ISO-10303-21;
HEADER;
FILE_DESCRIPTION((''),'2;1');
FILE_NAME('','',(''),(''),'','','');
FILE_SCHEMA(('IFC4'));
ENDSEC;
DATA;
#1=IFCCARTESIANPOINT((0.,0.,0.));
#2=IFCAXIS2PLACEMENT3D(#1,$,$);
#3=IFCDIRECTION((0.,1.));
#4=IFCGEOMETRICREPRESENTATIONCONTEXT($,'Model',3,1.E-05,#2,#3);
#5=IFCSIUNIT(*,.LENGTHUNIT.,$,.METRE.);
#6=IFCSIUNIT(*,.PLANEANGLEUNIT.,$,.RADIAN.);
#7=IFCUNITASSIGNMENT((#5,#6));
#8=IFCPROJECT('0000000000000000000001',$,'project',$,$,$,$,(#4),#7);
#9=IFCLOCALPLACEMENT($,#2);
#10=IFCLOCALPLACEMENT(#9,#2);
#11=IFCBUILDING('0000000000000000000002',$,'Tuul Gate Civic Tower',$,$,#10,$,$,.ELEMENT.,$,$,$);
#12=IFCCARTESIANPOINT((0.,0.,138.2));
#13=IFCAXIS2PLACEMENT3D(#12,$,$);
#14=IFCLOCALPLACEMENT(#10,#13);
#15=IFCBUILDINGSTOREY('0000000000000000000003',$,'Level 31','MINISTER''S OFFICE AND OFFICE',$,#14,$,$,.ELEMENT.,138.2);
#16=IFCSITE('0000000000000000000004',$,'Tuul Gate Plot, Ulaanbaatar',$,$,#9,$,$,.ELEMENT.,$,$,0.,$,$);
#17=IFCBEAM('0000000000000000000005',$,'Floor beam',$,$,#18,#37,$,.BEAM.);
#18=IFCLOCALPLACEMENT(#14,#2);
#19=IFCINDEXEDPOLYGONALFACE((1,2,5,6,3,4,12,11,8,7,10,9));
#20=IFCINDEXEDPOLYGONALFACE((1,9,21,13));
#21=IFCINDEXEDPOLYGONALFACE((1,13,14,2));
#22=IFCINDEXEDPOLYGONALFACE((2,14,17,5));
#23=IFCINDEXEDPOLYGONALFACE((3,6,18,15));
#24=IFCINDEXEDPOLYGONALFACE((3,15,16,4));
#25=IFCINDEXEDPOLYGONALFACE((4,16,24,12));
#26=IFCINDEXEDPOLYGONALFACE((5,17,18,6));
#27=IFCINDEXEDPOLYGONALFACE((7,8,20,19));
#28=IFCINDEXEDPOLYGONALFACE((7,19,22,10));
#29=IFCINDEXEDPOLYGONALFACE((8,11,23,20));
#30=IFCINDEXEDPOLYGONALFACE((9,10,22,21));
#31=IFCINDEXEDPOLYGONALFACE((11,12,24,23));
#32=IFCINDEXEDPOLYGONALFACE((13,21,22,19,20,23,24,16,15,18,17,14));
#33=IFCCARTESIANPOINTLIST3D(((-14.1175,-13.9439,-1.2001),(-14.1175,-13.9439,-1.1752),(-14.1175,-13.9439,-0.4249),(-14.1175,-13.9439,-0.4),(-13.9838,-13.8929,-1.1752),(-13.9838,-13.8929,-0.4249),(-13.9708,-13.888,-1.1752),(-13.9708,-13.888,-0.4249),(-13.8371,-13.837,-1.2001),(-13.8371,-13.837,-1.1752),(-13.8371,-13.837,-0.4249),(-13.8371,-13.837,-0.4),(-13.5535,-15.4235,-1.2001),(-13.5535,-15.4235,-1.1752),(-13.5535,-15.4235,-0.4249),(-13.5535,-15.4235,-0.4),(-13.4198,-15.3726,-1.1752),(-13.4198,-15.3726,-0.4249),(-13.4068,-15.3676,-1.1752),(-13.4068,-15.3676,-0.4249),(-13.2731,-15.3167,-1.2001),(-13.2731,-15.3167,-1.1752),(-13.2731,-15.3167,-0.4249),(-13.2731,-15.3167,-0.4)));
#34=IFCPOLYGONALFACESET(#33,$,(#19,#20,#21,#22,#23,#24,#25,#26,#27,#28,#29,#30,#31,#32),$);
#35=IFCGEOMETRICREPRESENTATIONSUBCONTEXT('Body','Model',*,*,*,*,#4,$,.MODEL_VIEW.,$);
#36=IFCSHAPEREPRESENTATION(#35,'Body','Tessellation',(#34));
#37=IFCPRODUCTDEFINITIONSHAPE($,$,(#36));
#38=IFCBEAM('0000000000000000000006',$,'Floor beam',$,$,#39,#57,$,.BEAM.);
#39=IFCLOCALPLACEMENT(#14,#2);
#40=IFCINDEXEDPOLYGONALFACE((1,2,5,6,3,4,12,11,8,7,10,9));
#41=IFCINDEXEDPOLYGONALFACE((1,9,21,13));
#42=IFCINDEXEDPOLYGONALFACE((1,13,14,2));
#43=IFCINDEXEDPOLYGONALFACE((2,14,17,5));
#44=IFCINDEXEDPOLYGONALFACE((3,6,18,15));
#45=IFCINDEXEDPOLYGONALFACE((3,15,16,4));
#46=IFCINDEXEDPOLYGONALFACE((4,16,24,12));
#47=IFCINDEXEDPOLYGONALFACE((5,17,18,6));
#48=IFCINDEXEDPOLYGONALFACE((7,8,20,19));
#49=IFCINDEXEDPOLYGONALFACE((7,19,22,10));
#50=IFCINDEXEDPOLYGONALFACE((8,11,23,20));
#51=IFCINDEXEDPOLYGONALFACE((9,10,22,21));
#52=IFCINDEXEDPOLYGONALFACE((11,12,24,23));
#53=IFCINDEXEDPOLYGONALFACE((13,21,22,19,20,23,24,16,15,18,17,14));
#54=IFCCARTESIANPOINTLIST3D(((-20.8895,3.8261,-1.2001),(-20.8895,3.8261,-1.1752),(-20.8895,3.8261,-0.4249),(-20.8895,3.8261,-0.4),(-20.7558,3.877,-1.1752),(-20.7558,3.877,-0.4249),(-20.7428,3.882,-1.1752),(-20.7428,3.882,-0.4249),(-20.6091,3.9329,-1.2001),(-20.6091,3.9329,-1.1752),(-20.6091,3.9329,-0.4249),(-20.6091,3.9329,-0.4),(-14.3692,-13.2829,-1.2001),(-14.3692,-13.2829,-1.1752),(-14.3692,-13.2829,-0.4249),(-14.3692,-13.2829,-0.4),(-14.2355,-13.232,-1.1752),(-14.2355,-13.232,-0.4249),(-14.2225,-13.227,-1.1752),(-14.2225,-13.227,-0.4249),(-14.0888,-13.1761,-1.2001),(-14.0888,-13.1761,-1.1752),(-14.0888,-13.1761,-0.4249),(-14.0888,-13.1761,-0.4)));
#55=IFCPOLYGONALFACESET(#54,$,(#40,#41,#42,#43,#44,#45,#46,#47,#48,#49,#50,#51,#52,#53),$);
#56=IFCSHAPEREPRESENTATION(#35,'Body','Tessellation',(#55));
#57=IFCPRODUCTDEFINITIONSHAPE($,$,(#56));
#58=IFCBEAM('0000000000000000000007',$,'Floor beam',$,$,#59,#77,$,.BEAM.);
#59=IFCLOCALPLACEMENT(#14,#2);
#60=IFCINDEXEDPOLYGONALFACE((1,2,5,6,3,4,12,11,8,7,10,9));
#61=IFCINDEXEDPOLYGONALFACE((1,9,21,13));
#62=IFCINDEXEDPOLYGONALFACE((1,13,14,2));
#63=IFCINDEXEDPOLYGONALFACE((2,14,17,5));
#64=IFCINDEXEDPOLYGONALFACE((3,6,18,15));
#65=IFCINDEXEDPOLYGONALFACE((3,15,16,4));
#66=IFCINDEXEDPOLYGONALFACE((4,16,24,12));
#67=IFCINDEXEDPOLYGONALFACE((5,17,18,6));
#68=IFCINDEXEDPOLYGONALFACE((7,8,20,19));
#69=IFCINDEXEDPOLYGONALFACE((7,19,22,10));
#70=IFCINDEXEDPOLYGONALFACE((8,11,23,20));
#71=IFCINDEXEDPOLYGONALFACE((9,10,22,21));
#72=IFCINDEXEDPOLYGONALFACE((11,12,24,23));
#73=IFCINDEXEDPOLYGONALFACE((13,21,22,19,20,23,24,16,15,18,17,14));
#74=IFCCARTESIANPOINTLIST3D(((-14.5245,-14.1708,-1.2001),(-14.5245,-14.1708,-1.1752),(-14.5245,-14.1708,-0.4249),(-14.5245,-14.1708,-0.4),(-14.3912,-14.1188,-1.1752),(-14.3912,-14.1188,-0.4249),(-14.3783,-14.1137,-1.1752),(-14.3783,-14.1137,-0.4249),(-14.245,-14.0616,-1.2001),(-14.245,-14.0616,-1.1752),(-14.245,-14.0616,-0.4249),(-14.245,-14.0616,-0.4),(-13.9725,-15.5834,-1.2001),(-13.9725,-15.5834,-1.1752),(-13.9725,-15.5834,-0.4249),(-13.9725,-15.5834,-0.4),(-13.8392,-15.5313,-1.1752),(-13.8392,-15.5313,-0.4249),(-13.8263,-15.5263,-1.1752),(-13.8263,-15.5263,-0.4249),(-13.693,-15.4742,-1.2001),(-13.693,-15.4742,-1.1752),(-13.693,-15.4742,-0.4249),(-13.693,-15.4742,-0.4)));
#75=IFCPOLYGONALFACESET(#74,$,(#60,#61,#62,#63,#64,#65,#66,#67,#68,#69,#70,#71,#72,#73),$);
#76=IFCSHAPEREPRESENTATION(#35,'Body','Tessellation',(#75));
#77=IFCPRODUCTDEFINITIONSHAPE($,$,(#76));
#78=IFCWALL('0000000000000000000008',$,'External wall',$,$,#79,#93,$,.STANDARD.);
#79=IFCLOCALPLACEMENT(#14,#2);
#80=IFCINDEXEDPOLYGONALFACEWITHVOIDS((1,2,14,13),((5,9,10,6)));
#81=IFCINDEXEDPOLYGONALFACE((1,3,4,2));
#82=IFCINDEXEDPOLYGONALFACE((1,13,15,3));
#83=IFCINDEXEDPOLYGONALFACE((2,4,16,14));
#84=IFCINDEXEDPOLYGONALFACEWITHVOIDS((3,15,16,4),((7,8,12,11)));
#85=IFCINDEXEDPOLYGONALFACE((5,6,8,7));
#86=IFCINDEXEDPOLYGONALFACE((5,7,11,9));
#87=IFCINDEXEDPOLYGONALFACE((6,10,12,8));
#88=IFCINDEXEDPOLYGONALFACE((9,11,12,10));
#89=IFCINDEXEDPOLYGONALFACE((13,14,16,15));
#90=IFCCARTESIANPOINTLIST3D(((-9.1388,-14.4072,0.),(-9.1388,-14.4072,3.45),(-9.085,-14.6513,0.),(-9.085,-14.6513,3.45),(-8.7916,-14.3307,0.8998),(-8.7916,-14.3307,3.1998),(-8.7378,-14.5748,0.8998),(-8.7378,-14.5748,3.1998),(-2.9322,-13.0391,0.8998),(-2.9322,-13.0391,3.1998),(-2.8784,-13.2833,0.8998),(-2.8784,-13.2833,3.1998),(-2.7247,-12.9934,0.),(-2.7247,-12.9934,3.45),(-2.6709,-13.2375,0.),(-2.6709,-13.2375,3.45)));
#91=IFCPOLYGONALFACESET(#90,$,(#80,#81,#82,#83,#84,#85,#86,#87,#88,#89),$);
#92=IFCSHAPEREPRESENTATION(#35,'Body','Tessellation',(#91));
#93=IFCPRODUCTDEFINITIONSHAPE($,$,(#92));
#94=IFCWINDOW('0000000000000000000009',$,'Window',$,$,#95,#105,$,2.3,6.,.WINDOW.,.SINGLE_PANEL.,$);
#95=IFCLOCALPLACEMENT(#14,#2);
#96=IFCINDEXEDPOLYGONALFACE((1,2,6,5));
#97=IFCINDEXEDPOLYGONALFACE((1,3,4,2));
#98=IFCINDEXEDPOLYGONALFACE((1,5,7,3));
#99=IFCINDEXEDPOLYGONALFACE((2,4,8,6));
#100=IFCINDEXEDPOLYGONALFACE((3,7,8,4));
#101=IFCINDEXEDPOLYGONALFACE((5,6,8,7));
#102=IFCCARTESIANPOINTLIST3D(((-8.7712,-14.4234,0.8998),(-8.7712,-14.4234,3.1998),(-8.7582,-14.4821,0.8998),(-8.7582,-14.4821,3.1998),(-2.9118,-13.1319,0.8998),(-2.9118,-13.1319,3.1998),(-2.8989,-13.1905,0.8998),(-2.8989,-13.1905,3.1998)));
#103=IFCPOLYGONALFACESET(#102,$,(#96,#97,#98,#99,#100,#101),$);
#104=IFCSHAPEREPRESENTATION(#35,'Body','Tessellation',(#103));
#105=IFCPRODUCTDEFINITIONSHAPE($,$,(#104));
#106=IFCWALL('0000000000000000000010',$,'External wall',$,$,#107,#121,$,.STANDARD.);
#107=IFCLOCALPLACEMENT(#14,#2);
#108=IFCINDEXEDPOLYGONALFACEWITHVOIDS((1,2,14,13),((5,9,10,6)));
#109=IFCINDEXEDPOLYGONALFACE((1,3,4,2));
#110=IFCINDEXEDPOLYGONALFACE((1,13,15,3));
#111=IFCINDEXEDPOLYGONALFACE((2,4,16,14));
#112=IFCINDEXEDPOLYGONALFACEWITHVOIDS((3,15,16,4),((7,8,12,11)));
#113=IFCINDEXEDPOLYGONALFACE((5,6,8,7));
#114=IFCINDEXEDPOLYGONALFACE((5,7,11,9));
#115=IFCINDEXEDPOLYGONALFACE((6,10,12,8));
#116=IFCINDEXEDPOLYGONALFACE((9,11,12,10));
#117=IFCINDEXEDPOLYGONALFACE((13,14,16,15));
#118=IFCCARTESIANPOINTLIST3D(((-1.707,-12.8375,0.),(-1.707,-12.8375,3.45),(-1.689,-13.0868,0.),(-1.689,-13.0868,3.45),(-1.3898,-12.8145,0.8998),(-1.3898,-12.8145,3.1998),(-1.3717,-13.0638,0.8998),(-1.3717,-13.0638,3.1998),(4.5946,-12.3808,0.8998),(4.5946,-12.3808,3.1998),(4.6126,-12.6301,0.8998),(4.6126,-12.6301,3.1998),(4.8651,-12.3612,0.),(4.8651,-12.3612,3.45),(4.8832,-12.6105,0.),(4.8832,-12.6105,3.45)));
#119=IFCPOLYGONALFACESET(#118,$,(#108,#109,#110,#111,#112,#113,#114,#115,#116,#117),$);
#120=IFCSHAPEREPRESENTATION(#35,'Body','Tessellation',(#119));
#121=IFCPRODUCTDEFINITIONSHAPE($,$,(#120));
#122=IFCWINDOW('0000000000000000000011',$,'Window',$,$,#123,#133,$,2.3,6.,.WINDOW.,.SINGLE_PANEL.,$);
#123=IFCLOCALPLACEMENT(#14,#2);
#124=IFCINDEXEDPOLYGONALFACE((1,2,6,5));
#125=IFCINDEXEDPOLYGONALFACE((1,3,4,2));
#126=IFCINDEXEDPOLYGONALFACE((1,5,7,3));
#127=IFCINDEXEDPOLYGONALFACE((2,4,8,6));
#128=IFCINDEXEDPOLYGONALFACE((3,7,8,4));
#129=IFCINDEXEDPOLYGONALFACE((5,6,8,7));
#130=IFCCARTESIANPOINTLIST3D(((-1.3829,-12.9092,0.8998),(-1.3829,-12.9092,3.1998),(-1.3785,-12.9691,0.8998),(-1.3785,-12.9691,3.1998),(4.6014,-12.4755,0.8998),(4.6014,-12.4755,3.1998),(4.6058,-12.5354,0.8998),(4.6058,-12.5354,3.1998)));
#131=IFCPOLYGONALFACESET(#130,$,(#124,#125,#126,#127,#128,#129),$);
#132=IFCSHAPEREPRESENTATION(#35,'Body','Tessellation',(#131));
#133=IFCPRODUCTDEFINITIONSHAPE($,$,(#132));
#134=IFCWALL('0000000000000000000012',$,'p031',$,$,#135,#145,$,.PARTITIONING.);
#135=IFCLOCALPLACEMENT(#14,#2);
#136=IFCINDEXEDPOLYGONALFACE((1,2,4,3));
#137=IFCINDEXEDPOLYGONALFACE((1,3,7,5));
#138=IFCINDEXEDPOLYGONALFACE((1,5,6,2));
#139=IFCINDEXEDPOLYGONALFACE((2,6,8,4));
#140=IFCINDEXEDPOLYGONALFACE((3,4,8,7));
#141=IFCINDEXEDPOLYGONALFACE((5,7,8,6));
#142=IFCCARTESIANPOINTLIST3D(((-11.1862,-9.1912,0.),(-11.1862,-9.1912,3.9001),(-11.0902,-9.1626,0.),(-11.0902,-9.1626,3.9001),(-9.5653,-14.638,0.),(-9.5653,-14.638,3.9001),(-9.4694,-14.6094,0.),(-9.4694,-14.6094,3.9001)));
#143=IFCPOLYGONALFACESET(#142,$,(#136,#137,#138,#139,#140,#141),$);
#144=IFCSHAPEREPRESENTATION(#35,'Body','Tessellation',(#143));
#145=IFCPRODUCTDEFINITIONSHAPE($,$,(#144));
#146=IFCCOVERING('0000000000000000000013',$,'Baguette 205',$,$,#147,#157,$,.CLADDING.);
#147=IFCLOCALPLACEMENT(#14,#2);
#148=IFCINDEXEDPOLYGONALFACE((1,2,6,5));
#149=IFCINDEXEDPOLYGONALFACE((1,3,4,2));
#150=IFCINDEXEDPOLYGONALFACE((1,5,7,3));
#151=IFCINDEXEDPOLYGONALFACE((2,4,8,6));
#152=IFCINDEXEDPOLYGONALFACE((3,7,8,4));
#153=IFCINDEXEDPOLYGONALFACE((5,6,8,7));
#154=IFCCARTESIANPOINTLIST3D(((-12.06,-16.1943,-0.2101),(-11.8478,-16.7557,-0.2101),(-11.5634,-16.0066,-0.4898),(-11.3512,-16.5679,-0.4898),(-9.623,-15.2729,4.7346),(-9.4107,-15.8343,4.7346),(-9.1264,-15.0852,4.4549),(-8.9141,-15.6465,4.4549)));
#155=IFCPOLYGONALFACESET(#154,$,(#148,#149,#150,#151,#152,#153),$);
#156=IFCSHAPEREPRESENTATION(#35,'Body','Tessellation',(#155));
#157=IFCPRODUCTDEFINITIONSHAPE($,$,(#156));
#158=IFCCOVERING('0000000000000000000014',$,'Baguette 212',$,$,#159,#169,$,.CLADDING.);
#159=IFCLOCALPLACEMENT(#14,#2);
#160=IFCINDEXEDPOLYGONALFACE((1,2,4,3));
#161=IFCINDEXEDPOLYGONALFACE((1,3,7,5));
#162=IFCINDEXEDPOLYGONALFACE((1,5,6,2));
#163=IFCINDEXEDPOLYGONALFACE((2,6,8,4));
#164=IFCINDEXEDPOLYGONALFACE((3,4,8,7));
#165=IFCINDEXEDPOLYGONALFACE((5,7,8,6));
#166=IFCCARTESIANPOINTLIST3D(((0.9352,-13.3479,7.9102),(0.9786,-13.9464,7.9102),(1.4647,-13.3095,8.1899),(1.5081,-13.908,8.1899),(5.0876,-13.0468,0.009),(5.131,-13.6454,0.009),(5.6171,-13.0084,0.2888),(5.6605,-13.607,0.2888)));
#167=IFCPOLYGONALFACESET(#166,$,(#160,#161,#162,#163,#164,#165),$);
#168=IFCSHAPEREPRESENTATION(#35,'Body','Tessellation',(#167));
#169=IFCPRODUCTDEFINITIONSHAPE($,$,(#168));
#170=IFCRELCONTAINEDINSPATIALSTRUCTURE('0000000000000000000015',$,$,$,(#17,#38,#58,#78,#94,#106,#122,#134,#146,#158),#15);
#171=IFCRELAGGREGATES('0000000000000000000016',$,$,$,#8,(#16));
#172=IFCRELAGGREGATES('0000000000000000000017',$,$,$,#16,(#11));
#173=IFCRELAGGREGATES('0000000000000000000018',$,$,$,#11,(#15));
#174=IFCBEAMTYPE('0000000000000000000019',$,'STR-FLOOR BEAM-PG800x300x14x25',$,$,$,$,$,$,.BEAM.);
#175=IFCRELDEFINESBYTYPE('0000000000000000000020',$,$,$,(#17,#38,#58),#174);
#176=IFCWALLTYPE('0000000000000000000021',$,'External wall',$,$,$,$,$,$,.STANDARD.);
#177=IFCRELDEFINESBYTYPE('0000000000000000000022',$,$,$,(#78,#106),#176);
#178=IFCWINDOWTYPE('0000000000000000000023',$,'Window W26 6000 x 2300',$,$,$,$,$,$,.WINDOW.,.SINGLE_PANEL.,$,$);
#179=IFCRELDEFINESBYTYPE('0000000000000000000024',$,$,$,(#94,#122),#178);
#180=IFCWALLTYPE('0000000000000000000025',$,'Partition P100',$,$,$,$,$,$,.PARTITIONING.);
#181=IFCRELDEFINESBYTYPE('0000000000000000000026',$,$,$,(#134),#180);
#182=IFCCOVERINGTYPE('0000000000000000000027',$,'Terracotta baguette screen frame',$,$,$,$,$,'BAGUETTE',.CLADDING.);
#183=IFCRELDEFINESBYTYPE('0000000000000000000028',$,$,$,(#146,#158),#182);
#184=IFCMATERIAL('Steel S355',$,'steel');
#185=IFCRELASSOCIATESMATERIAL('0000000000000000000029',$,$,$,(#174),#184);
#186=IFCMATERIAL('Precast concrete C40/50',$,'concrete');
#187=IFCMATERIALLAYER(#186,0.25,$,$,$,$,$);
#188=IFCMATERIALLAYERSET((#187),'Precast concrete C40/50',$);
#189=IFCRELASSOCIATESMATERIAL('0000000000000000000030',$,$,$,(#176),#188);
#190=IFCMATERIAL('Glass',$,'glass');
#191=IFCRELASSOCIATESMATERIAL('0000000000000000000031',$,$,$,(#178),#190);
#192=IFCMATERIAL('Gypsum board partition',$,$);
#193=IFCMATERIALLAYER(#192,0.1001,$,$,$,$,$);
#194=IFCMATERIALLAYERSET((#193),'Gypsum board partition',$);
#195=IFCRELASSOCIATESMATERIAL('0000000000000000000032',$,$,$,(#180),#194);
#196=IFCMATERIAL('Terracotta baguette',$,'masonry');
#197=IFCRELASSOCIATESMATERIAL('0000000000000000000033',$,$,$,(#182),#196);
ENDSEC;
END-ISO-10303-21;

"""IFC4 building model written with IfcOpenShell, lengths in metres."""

from ifc_helpers import new_model, si_unit, direction, frame, frame_2d, origin, origin_2d, place, context, subcontext, project, spatial, rectangle, i_section, extrude, material, layer, layer_set, material_profile, profile_set, type_object, element, fill, save


model = new_model("IFC4")

# Units and contexts
model_context = context("Model", 3, precision=1e-05, world=origin(), true_north=direction((0.0, 1.0)))
body_context = subcontext(model_context, "Body", "Model", "MODEL_VIEW")
ifc_project = project(units=[si_unit("LENGTHUNIT", "METRE"), si_unit("PLANEANGLEUNIT", "RADIAN")], contexts=[model_context])

# Site, building, storey
site_placement = place(None, origin())
site = spatial("IfcSite", under=ifc_project, at=site_placement, Name="Tuul Gate Plot, Ulaanbaatar", CompositionType="ELEMENT", RefElevation=0.0)
building_placement = place(site_placement, origin())
building = spatial("IfcBuilding", under=site, at=building_placement, Name="Tuul Gate Civic Tower", CompositionType="ELEMENT")
storey_placement = place(building_placement, frame((0.0, 0.0, 138.2)))
storey = spatial("IfcBuildingStorey", under=building, at=storey_placement, Name="Level 31", Description="MINISTER'S OFFICE AND OFFICE", CompositionType="ELEMENT", Elevation=138.2)

# Beams
ifc_material_1 = material(Name="Steel S355", Category="steel")
ifc_material_profile_1 = material_profile(ifc_material_1, i_section(OverallWidth=0.3, OverallDepth=0.8, WebThickness=0.0139, FlangeThickness=0.0249, at=origin_2d()), Name="PG800x300x14x25")
ifc_profile_set_1 = profile_set([ifc_material_profile_1], Name="Steel S355")
beam_type = type_object("IfcBeamType", Name="STR-FLOOR BEAM-PG800x300x14x25", PredefinedType="BEAM", material=ifc_profile_set_1)
beam_1_placement = place(storey_placement, frame((-13.4133, -15.3701, -0.8), z_axis=(-0.356136, 0.934434, 0.0), x_axis=(-0.934434, -0.356136, 0.0)))
element("IfcBeam", 1, at=beam_1_placement, inside=storey, type_object=beam_type, Name="Floor beam", PredefinedType="BEAM", context=body_context, shape_type="SweptSolid", body=[
    extrude(i_section(OverallWidth=0.3, OverallDepth=0.8, WebThickness=0.0139, FlangeThickness=0.0249, at=origin_2d()), origin(), (0.0, 0.0, 1.0), 1.5835),
])
beam_2_placement = place(storey_placement, frame((-14.229, -13.2295, -0.8), z_axis=(-0.356119, 0.934441, 0.0), x_axis=(-0.934441, -0.356119, 0.0)))
element("IfcBeam", 2, at=beam_2_placement, inside=storey, type_object=beam_type, Name="Floor beam", PredefinedType="BEAM", context=body_context, shape_type="SweptSolid", body=[
    extrude(i_section(OverallWidth=0.3, OverallDepth=0.8, WebThickness=0.0139, FlangeThickness=0.0249, at=origin_2d()), origin(), (0.0, 0.0, 1.0), 18.3093),
])
beam_3_placement = place(storey_placement, frame((-13.8328, -15.5288, -0.8), z_axis=(-0.363968, 0.931411, 0.0), x_axis=(-0.931411, -0.363968, 0.0)))
element("IfcBeam", 3, at=beam_3_placement, inside=storey, type_object=beam_type, Name="Floor beam", PredefinedType="BEAM", context=body_context, shape_type="SweptSolid", body=[
    extrude(i_section(OverallWidth=0.3, OverallDepth=0.8, WebThickness=0.0139, FlangeThickness=0.0249, at=origin_2d()), origin(), (0.0, 0.0, 1.0), 1.5166),
])

# Walls, openings, windows
ifc_material_2 = material(Name="Precast concrete C40/50", Category="concrete")
ifc_layer_1 = layer(ifc_material_2, 0.25)
ifc_layer_set_1 = layer_set([ifc_layer_1], Name="Precast concrete C40/50")
wall_type_1 = type_object("IfcWallType", Name="External wall", PredefinedType="STANDARD", material=ifc_layer_set_1)
wall_1_placement = place(storey_placement, frame((-9.1121, -14.5293, 0.0), z_axis=(0.0, 0.0, 1.0), x_axis=(0.976557, 0.215257, 0.0)))
wall_1 = element("IfcWall", 4, at=wall_1_placement, inside=storey, type_object=wall_type_1, Name="External wall", PredefinedType="STANDARD", context=body_context, shape_type="SweptSolid", body=[
    extrude(rectangle(XDim=6.5681, YDim=0.25, at=frame_2d((3.2842, 0.0))), origin(), (0.0, 0.0, 1.0), 3.45),
])
opening_1_placement = place(wall_1_placement, frame((0.3557, 0.0, 0.8999)))
opening_1 = element("IfcOpeningElement", 5, at=opening_1_placement, cuts=wall_1, PredefinedType="OPENING", context=body_context, shape_type="SweptSolid", body=[
    extrude(rectangle(XDim=6.0, YDim=2.3, at=frame_2d((3.0, 1.1499))), frame((0.0, 0.135, 0.0), z_axis=(0.0, -1.0, 0.0), x_axis=(1.0, 0.0, 0.0)), (0.0, 0.0, 1.0), 0.27),
])
ifc_material_3 = material(Name="Glass", Category="glass")
window_type = type_object("IfcWindowType", Name="Window W26 6000 x 2300", PartitioningType="SINGLE_PANEL", PredefinedType="WINDOW", material=ifc_material_3)
window_1_placement = place(opening_1_placement, origin())
window_1 = element("IfcWindow", 6, at=window_1_placement, inside=storey, type_object=window_type, Name="Window", OverallHeight=2.3, OverallWidth=6.0, PartitioningType="SINGLE_PANEL", PredefinedType="WINDOW", context=body_context, shape_type="SweptSolid", body=[
    extrude(rectangle(XDim=6.0, YDim=2.3, at=frame_2d((3.0, 1.1499))), frame((0.0, 0.03, 0.0), z_axis=(0.0, -1.0, 0.0), x_axis=(1.0, 0.0, 0.0)), (0.0, 0.0, 1.0), 0.0601),
])
fill(opening_1, window_1)
wall_2_placement = place(storey_placement, frame((-1.698, -12.9622, 0.0), z_axis=(0.0, 0.0, 1.0), x_axis=(0.997384, 0.072287, 0.0)))
wall_2 = element("IfcWall", 7, at=wall_2_placement, inside=storey, type_object=wall_type_1, Name="External wall", PredefinedType="STANDARD", context=body_context, shape_type="SweptSolid", body=[
    extrude(rectangle(XDim=6.5894, YDim=0.25, at=frame_2d((3.2947, 0.0))), origin(), (0.0, 0.0, 1.0), 3.45),
])
opening_2_placement = place(wall_2_placement, frame((0.3181, 0.0, 0.8999)))
opening_2 = element("IfcOpeningElement", 8, at=opening_2_placement, cuts=wall_2, PredefinedType="OPENING", context=body_context, shape_type="SweptSolid", body=[
    extrude(rectangle(XDim=6.0, YDim=2.3, at=frame_2d((3.0, 1.1499))), frame((0.0, 0.135, 0.0), z_axis=(0.0, -1.0, 0.0), x_axis=(1.0, 0.0, 0.0)), (0.0, 0.0, 1.0), 0.27),
])
window_2_placement = place(opening_2_placement, origin())
window_2 = element("IfcWindow", 9, at=window_2_placement, inside=storey, type_object=window_type, Name="Window", OverallHeight=2.3, OverallWidth=6.0, PartitioningType="SINGLE_PANEL", PredefinedType="WINDOW", context=body_context, shape_type="SweptSolid", body=[
    extrude(rectangle(XDim=6.0, YDim=2.3, at=frame_2d((3.0, 1.1499))), frame((0.0, 0.03, 0.0), z_axis=(0.0, -1.0, 0.0), x_axis=(1.0, 0.0, 0.0)), (0.0, 0.0, 1.0), 0.0601),
])
fill(opening_2, window_2)

# Wall
ifc_material_4 = material(Name="Gypsum board partition")
ifc_layer_2 = layer(ifc_material_4, 0.1001)
ifc_layer_set_2 = layer_set([ifc_layer_2], Name="Gypsum board partition")
wall_type_2 = type_object("IfcWallType", Name="Partition P100", PredefinedType="PARTITIONING", material=ifc_layer_set_2)
wall_3_placement = place(storey_placement, frame((-11.1382, -9.177, 0.0), z_axis=(0.0, 0.0, 1.0), x_axis=(0.285219, -0.958462, 0.0)))
element("IfcWall", 10, at=wall_3_placement, inside=storey, type_object=wall_type_2, Name="p031", PredefinedType="PARTITIONING", context=body_context, shape_type="SweptSolid", body=[
    extrude(rectangle(XDim=5.6829, YDim=0.1001, at=frame_2d((2.8413, 0.0))), origin(), (0.0, 0.0, 1.0), 3.9001),
])

# Coverings
ifc_material_5 = material(Name="Terracotta baguette", Category="masonry")
ifc_material_profile_2 = material_profile(ifc_material_5, rectangle(XDim=0.6001, YDim=0.6001, at=origin_2d()), Name="Terracotta baguette screen frame")
ifc_profile_set_2 = profile_set([ifc_material_profile_2], Name="Terracotta baguette")
covering_type = type_object("IfcCoveringType", Name="Terracotta baguette screen frame", ElementType="BAGUETTE", PredefinedType="CLADDING", material=ifc_profile_set_2)
covering_1_placement = place(storey_placement, frame((-9.2686, -15.4597, 4.5947), z_axis=(-0.436038, -0.164857, -0.8847), x_axis=(0.353648, -0.935378, 0.0)))
element("IfcCovering", 11, at=covering_1_placement, inside=storey, type_object=covering_type, Name="Baguette 205", PredefinedType="CLADDING", context=body_context, shape_type="SweptSolid", body=[
    extrude(rectangle(XDim=0.6001, YDim=0.6001, at=origin_2d()), origin(), (0.0, 0.0, 1.0), 5.5891),
])
covering_2_placement = place(storey_placement, frame((1.2217, -13.6279, 8.05), z_axis=(0.464943, 0.033706, -0.884699), x_axis=(-0.072306, 0.997383, 0.0)))
element("IfcCovering", 12, at=covering_2_placement, inside=storey, type_object=covering_type, Name="Baguette 212", PredefinedType="CLADDING", context=body_context, shape_type="SweptSolid", body=[
    extrude(rectangle(XDim=0.6001, YDim=0.6001, at=origin_2d()), origin(), (0.0, 0.0, 1.0), 8.9309),
])

save(model, "model.ifc")
